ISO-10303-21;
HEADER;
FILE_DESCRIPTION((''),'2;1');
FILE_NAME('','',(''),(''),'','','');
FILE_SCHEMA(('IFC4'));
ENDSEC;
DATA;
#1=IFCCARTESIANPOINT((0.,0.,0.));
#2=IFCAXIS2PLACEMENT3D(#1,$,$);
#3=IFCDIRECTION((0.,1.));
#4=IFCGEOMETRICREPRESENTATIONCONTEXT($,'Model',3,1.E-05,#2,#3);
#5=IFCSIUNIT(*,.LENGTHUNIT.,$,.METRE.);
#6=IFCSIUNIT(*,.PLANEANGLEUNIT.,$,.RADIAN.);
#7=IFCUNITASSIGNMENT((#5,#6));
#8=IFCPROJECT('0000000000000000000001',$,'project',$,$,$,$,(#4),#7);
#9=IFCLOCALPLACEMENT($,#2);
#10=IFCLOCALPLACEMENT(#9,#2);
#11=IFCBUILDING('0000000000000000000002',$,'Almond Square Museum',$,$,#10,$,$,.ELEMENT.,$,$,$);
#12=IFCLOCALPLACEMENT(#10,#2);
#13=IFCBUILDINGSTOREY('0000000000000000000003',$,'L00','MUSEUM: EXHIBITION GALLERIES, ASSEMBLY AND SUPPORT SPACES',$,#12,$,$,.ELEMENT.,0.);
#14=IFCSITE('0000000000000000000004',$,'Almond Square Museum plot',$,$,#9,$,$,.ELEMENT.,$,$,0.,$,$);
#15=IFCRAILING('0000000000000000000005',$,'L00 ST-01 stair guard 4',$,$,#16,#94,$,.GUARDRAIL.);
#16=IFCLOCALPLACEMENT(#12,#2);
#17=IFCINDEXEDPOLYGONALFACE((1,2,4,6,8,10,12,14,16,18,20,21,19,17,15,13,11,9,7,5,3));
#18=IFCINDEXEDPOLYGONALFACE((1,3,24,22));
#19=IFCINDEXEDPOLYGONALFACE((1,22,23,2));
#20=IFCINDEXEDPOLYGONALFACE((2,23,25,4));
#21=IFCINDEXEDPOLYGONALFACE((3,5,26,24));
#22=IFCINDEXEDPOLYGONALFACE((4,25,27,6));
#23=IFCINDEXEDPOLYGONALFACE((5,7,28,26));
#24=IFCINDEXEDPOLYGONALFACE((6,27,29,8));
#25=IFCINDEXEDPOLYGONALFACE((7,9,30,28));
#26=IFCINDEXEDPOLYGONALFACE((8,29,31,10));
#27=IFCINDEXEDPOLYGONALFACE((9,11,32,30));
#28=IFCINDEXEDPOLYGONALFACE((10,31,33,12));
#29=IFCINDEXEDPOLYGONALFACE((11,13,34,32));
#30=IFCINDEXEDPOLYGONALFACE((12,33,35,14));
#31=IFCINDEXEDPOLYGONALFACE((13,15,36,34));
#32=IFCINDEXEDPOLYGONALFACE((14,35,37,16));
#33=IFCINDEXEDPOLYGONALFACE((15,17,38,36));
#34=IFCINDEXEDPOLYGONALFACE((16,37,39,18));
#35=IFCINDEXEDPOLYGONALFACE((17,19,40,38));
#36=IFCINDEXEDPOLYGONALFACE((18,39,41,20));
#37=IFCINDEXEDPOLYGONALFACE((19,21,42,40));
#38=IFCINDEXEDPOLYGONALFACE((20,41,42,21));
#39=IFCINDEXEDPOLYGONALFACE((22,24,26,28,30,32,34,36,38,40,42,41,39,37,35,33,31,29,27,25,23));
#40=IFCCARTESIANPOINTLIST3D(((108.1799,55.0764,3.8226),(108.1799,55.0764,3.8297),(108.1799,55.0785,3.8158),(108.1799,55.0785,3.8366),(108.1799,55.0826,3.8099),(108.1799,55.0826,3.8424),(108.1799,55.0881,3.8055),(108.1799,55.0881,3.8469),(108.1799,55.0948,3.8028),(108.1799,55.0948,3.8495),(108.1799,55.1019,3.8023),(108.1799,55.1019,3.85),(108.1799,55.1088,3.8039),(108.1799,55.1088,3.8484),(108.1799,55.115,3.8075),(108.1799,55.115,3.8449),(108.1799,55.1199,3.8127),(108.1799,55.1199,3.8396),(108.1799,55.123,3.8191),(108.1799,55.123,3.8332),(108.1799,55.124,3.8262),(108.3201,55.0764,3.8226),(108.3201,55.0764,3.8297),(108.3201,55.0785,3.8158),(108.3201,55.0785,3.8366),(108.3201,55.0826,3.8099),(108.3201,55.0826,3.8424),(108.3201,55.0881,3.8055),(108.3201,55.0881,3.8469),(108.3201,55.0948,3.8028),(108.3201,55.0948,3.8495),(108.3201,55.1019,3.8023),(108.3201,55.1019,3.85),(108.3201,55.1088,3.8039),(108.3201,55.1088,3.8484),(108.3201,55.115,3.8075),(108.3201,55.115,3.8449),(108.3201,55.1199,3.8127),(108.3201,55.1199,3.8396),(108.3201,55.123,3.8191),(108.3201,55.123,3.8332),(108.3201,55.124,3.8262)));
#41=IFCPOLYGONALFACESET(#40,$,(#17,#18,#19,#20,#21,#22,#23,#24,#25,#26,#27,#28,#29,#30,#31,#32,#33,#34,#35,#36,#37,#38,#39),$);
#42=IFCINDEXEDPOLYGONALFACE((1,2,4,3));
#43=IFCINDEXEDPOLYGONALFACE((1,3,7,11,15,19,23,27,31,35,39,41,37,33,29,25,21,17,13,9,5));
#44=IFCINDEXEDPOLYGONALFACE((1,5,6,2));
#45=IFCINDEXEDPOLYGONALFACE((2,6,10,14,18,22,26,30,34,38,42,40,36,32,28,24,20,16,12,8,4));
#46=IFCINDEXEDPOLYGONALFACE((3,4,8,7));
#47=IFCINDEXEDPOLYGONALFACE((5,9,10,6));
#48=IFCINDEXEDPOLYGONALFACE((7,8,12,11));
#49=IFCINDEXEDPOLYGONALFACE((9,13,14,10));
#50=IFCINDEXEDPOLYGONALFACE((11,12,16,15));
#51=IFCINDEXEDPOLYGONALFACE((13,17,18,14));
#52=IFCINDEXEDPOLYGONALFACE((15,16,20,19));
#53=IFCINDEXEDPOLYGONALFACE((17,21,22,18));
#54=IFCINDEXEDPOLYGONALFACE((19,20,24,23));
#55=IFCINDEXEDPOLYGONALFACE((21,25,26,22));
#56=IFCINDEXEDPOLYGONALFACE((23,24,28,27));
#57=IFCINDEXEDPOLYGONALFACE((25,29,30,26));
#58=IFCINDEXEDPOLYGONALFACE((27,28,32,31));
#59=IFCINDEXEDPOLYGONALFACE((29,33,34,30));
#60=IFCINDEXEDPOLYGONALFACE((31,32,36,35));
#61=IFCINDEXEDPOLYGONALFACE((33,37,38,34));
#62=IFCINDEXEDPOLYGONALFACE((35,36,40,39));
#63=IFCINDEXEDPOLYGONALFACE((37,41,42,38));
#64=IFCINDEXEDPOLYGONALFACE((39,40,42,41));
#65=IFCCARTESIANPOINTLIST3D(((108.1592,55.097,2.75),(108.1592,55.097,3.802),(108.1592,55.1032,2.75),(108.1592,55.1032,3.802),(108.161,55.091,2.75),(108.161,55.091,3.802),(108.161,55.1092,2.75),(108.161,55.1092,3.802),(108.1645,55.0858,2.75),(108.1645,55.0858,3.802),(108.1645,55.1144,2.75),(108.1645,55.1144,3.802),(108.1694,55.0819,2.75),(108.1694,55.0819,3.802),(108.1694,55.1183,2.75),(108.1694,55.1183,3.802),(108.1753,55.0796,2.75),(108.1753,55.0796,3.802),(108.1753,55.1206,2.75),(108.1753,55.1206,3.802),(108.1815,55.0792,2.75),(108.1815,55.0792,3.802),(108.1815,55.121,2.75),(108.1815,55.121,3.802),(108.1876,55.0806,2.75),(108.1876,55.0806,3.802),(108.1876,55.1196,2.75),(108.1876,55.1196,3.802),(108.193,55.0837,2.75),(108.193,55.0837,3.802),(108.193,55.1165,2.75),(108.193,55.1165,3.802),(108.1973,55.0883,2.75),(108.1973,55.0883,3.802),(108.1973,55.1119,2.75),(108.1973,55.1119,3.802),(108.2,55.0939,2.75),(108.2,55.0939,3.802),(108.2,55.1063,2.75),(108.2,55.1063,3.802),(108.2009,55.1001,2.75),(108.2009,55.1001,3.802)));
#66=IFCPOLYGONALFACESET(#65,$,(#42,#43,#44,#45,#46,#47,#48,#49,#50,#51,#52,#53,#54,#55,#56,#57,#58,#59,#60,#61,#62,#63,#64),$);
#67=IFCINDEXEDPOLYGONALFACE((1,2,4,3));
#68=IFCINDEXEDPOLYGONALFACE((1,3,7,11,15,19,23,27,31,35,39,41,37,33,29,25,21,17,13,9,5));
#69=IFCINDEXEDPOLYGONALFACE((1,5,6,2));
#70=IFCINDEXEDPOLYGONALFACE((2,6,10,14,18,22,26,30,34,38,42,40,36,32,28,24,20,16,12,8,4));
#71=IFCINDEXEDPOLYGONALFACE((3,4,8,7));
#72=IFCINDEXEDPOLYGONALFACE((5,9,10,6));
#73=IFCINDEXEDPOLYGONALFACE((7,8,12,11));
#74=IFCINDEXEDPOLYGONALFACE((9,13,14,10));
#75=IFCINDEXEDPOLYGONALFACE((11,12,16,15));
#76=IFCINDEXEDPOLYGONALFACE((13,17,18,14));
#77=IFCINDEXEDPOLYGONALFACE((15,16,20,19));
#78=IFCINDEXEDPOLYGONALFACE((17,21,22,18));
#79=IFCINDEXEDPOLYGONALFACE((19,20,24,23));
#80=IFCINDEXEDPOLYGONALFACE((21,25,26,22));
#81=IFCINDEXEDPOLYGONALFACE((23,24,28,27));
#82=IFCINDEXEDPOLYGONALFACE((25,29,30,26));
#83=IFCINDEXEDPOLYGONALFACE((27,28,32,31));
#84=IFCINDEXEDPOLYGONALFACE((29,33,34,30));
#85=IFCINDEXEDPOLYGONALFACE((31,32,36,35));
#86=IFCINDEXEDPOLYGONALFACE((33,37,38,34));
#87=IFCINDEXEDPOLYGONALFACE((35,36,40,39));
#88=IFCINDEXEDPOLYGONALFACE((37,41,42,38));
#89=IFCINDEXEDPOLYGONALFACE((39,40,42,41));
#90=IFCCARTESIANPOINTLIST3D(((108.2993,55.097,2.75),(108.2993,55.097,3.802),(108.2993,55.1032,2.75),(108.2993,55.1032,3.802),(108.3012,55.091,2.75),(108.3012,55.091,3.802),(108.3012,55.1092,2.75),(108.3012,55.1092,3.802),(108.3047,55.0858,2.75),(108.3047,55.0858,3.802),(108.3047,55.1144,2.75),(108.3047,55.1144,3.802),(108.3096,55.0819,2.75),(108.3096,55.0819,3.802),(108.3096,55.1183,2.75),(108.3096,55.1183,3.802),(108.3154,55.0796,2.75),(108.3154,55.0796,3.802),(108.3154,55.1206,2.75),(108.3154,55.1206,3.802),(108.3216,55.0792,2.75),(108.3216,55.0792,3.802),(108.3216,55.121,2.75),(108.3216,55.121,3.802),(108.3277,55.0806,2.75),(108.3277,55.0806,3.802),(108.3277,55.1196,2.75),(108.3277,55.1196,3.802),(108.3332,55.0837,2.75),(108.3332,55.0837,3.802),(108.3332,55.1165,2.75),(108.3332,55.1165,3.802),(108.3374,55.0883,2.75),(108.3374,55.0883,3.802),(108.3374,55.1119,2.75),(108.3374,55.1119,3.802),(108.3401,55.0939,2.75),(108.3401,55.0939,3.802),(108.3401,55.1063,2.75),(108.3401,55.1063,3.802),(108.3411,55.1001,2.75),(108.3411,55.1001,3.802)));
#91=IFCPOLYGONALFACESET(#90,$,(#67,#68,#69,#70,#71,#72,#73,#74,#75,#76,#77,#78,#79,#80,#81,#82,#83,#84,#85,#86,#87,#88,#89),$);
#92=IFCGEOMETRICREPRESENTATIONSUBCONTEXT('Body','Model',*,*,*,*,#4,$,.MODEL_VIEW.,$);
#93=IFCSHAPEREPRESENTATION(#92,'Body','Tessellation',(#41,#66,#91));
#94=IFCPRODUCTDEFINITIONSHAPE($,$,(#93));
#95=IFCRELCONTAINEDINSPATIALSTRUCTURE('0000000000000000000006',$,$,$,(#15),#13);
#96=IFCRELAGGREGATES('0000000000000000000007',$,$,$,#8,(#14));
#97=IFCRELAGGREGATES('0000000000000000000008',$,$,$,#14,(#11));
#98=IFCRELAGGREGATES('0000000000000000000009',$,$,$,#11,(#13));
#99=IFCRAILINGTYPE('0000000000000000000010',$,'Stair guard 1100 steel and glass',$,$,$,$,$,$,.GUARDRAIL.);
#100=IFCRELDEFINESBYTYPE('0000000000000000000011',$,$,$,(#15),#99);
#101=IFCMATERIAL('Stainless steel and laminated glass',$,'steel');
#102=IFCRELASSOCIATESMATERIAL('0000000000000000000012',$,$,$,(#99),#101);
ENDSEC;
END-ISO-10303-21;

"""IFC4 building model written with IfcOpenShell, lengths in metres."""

from ifc_helpers import new_model, si_unit, direction, frame, origin, origin_2d, place, context, subcontext, project, spatial, circle, extrude, material, type_object, element, save


model = new_model("IFC4")

# Units and contexts
model_context = context("Model", 3, precision=1e-05, world=origin(), true_north=direction((0.0, 1.0)))
body_context = subcontext(model_context, "Body", "Model", "MODEL_VIEW")
ifc_project = project(units=[si_unit("LENGTHUNIT", "METRE"), si_unit("PLANEANGLEUNIT", "RADIAN")], contexts=[model_context])

# Site, building, storey
site_placement = place(None, origin())
site = spatial("IfcSite", under=ifc_project, at=site_placement, Name="Almond Square Museum plot", CompositionType="ELEMENT", RefElevation=0.0)
building_placement = place(site_placement, origin())
building = spatial("IfcBuilding", under=site, at=building_placement, Name="Almond Square Museum", CompositionType="ELEMENT")
storey_placement = place(building_placement, origin())
storey = spatial("IfcBuildingStorey", under=building, at=storey_placement, Name="L00", Description="MUSEUM: EXHIBITION GALLERIES, ASSEMBLY AND SUPPORT SPACES", CompositionType="ELEMENT", Elevation=0.0)

# Railing
ifc_material_1 = material(Name="Stainless steel and laminated glass", Category="steel")
railing_type_1 = type_object("IfcRailingType", Name="Stair guard 1100 steel and glass", PredefinedType="GUARDRAIL", material=ifc_material_1)
railing_1_placement = place(storey_placement, frame((108.1799, 55.1001, 2.75)))
element("IfcRailing", 1, at=railing_1_placement, inside=storey, type_object=railing_type_1, Name="L00 ST-01 stair guard 4", PredefinedType="GUARDRAIL", context=body_context, shape_type="SweptSolid", body=[
    extrude(circle(Radius=0.0239, at=origin_2d()), frame((0.0, 0.0, 1.0762), z_axis=(1.0, 0.0, 0.0), x_axis=(0.0, 1.0, 0.0)), (0.0, 0.0, 1.0), 0.1401),
    extrude(circle(Radius=0.021, at=origin_2d()), origin(), (0.0, 0.0, 1.0), 1.052),
    extrude(circle(Radius=0.021, at=origin_2d()), frame((0.1401, 0.0, 0.0)), (0.0, 0.0, 1.0), 1.052),
])

save(model, "model.ifc")
